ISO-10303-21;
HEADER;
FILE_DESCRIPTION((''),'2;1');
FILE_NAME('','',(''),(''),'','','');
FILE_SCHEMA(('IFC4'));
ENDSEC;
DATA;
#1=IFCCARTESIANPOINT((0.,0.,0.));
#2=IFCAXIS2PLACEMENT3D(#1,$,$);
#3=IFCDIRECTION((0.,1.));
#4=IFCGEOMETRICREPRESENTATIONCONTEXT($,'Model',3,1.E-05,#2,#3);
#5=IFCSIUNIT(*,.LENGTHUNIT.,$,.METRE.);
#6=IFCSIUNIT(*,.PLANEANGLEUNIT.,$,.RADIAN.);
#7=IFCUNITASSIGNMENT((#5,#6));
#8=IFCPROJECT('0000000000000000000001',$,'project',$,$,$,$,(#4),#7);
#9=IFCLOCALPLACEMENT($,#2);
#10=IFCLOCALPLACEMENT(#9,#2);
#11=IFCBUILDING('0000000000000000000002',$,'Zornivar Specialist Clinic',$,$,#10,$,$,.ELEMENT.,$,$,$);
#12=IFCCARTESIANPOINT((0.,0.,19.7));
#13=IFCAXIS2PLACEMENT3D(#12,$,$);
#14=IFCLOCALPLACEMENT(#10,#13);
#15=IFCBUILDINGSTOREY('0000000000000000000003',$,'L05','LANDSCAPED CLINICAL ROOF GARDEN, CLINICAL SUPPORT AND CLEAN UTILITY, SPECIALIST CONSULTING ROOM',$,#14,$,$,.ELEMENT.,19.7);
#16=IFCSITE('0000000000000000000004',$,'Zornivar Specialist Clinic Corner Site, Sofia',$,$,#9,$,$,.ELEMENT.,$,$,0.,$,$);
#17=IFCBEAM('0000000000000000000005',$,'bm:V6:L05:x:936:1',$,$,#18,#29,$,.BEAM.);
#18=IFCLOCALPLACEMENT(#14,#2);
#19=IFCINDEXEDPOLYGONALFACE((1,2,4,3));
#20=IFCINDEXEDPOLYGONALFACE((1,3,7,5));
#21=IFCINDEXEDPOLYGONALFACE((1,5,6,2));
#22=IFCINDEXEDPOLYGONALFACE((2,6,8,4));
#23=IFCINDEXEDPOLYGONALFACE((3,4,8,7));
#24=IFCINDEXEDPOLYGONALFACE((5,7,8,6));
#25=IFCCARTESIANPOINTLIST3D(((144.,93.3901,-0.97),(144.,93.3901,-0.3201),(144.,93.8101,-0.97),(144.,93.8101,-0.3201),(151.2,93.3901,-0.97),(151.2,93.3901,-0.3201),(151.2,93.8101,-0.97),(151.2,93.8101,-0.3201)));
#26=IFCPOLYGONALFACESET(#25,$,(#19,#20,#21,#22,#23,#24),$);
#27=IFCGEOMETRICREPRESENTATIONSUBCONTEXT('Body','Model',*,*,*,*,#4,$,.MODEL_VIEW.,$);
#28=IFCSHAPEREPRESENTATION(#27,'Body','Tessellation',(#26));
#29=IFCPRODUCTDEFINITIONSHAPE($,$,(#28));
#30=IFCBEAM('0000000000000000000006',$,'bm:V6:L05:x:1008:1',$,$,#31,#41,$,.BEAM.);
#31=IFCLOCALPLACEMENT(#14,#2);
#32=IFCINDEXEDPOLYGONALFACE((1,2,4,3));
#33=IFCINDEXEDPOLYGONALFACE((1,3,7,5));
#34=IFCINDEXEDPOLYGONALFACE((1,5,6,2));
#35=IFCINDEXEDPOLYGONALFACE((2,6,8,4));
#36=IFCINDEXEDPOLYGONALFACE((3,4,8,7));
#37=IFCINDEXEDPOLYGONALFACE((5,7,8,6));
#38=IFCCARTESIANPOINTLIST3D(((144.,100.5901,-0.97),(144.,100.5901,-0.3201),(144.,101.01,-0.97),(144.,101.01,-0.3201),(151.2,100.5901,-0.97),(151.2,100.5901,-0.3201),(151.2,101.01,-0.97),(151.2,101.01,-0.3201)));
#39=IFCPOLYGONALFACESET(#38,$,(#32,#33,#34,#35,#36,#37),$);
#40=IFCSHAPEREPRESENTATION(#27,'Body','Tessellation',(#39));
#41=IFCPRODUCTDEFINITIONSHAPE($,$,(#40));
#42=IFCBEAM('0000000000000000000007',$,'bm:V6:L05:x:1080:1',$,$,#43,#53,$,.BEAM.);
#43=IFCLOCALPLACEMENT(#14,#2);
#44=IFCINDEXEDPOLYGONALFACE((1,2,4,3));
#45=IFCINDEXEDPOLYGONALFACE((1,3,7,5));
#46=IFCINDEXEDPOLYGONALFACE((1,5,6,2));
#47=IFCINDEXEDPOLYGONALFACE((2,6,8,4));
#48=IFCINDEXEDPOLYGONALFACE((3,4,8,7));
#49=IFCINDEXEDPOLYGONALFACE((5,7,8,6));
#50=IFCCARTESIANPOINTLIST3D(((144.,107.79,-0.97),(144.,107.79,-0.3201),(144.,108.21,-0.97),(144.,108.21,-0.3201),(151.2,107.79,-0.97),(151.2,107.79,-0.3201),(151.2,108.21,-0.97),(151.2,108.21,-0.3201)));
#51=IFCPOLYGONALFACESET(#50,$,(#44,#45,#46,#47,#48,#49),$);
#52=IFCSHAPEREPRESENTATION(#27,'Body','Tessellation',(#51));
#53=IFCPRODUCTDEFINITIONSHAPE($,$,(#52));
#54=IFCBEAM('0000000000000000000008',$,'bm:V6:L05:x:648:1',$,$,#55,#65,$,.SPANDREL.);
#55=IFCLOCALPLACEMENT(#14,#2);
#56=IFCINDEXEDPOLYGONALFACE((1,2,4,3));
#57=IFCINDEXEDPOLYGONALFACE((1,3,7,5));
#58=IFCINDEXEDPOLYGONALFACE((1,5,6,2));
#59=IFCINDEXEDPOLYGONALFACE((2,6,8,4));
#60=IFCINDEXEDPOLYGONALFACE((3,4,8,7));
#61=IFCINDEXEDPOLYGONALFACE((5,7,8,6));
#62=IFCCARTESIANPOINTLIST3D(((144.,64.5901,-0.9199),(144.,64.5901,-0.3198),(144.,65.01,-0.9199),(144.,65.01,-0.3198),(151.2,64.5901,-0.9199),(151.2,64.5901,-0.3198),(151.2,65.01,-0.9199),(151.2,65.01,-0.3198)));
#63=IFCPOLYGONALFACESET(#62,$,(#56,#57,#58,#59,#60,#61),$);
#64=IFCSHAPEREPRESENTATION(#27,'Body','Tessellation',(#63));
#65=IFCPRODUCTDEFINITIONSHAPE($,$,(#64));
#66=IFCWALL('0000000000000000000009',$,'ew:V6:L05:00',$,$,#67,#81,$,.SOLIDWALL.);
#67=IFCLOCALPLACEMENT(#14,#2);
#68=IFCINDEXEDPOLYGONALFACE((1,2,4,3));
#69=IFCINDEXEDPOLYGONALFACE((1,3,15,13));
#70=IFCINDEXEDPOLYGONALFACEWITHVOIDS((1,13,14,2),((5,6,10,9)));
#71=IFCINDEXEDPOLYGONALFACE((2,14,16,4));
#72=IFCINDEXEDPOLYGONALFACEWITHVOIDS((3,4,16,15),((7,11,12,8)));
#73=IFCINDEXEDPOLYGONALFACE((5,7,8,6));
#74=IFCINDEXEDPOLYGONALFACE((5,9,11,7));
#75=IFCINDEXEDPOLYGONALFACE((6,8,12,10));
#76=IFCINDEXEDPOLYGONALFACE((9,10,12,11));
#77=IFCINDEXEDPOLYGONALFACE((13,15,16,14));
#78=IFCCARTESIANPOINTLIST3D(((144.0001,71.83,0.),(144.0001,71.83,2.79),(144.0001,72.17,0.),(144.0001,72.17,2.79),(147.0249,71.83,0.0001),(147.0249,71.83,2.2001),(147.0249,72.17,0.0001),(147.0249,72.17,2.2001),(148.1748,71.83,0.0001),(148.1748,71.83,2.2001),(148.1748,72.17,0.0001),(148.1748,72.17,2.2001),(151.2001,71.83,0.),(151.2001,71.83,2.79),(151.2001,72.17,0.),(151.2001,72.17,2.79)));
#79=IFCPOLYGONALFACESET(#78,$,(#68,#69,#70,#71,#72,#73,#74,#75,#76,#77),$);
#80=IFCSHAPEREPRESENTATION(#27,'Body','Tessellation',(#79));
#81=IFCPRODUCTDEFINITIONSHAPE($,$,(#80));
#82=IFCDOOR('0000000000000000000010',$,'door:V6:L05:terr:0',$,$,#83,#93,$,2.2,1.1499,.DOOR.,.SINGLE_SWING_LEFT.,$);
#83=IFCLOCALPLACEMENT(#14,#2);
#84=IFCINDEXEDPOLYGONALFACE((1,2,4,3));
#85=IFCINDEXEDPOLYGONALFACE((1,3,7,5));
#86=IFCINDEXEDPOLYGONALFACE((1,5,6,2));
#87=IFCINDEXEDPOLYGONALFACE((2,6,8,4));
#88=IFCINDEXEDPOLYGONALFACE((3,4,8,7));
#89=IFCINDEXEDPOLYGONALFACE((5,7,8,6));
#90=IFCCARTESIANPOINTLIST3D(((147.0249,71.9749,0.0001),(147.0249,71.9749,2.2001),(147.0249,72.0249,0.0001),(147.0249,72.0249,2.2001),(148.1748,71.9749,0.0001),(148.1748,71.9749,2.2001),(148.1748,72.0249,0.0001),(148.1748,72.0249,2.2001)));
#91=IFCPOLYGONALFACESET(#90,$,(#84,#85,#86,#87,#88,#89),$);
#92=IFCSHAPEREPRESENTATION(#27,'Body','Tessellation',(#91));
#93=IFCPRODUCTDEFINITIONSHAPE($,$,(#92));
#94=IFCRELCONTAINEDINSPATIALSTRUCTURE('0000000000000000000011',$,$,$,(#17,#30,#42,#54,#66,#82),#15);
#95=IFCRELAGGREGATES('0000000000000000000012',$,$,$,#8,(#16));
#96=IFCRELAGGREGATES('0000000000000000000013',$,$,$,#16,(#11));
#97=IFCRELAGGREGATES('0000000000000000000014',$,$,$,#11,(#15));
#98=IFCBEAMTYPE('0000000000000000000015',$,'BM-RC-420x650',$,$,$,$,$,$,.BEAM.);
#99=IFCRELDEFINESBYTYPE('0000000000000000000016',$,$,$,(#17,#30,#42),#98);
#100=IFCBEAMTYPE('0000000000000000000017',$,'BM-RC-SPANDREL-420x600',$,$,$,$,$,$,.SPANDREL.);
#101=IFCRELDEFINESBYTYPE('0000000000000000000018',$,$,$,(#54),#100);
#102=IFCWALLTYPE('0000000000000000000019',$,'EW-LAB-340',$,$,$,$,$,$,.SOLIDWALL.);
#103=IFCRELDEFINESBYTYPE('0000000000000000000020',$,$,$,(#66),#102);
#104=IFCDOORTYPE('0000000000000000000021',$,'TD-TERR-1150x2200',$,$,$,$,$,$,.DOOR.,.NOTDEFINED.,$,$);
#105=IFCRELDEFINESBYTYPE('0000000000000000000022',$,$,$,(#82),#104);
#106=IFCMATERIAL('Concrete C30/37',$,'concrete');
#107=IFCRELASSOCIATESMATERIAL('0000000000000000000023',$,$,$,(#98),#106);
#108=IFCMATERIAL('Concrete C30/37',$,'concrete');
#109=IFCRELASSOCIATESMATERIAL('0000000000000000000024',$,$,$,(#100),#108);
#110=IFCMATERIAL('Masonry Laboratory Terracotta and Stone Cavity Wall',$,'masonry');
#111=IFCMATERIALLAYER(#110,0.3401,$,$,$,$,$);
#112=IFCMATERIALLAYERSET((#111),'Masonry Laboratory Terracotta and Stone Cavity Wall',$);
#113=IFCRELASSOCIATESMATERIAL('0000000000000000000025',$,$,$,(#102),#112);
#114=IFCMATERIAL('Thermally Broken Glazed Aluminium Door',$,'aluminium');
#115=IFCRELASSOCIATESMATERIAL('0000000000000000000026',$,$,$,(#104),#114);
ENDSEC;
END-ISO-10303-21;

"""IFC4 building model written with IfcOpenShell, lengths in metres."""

from ifc_helpers import new_model, si_unit, direction, frame, frame_2d, origin, origin_2d, place, context, subcontext, project, spatial, rectangle, extrude, material, layer, layer_set, material_profile, profile_set, type_object, element, fill, save


model = new_model("IFC4")

# Units and contexts
model_context = context("Model", 3, precision=1e-05, world=origin(), true_north=direction((0.0, 1.0)))
body_context = subcontext(model_context, "Body", "Model", "MODEL_VIEW")
ifc_project = project(units=[si_unit("LENGTHUNIT", "METRE"), si_unit("PLANEANGLEUNIT", "RADIAN")], contexts=[model_context])

# Site, building, storey
site_placement = place(None, origin())
site = spatial("IfcSite", under=ifc_project, at=site_placement, Name="Zornivar Specialist Clinic Corner Site, Sofia", CompositionType="ELEMENT", RefElevation=0.0)
building_placement = place(site_placement, origin())
building = spatial("IfcBuilding", under=site, at=building_placement, Name="Zornivar Specialist Clinic", CompositionType="ELEMENT")
storey_placement = place(building_placement, frame((0.0, 0.0, 19.7)))
storey = spatial("IfcBuildingStorey", under=building, at=storey_placement, Name="L05", Description="LANDSCAPED CLINICAL ROOF GARDEN, CLINICAL SUPPORT AND CLEAN UTILITY, SPECIALIST CONSULTING ROOM", CompositionType="ELEMENT", Elevation=19.7)

# Beams
ifc_material_1 = material(Name="Concrete C30/37", Category="concrete")
ifc_material_profile_1 = material_profile(ifc_material_1, rectangle(XDim=0.4199, YDim=0.6499, at=origin_2d()), Name="RC 420x650")
ifc_profile_set_1 = profile_set([ifc_material_profile_1], Name="Concrete C30/37")
beam_type_1 = type_object("IfcBeamType", Name="BM-RC-420x650", PredefinedType="BEAM", material=ifc_profile_set_1)
for number, where, z_axis, x_axis, name in (
    (1, (144.0, 93.6001, -0.645), (1.0, 0.0, 0.0), (0.0, 1.0, 0.0), "bm:V6:L05:x:936:1"),
    (2, (144.0, 100.8, -0.645), (1.0, 0.0, 0.0), (0.0, 1.0, 0.0), "bm:V6:L05:x:1008:1"),
    (3, (144.0, 108.0, -0.645), (1.0, 0.0, 0.0), (0.0, 1.0, 0.0), "bm:V6:L05:x:1080:1"),
):
    element("IfcBeam", number, at=place(storey_placement, frame(where, z_axis=z_axis, x_axis=x_axis)), inside=storey, type_object=beam_type_1, Name=name, PredefinedType="BEAM", context=body_context, shape_type="SweptSolid", body=[
        extrude(rectangle(XDim=0.4199, YDim=0.6499, at=origin_2d()), origin(), (0.0, 0.0, 1.0), 7.2),
    ])
ifc_material_2 = material(Name="Concrete C30/37", Category="concrete")
ifc_material_profile_2 = material_profile(ifc_material_2, rectangle(XDim=0.4199, YDim=0.6001, at=origin_2d()), Name="RC 420x600")
ifc_profile_set_2 = profile_set([ifc_material_profile_2], Name="Concrete C30/37")
beam_type_2 = type_object("IfcBeamType", Name="BM-RC-SPANDREL-420x600", PredefinedType="SPANDREL", material=ifc_profile_set_2)
beam_1_placement = place(storey_placement, frame((144.0, 64.8, -0.6199), z_axis=(1.0, 0.0, 0.0), x_axis=(0.0, 1.0, 0.0)))
element("IfcBeam", 4, at=beam_1_placement, inside=storey, type_object=beam_type_2, Name="bm:V6:L05:x:648:1", PredefinedType="SPANDREL", context=body_context, shape_type="SweptSolid", body=[
    extrude(rectangle(XDim=0.4199, YDim=0.6001, at=origin_2d()), origin(), (0.0, 0.0, 1.0), 7.2),
])

# Wall, opening, door
ifc_material_3 = material(Name="Masonry Laboratory Terracotta and Stone Cavity Wall", Category="masonry")
ifc_layer = layer(ifc_material_3, 0.3401)
ifc_layer_set = layer_set([ifc_layer], Name="Masonry Laboratory Terracotta and Stone Cavity Wall")
wall_type = type_object("IfcWallType", Name="EW-LAB-340", PredefinedType="SOLIDWALL", material=ifc_layer_set)
wall_placement = place(storey_placement, frame((144.0, 72.0, 0.0), z_axis=(0.0, 0.0, 1.0), x_axis=(1.0, 0.0, 0.0)))
wall = element("IfcWall", 5, at=wall_placement, inside=storey, type_object=wall_type, Name="ew:V6:L05:00", PredefinedType="SOLIDWALL", context=body_context, shape_type="SweptSolid", body=[
    extrude(rectangle(XDim=7.2, YDim=0.3401, at=frame_2d((3.6001, 0.0))), origin(), (0.0, 0.0, 1.0), 2.79),
])
opening_placement = place(wall_placement, frame((3.0249, 0.0, 0.0)))
opening = element("IfcOpeningElement", 6, at=opening_placement, cuts=wall, PredefinedType="OPENING", context=body_context, shape_type="SweptSolid", body=[
    extrude(rectangle(XDim=1.1499, YDim=2.2, at=frame_2d((0.575, 1.1001))), frame((0.0, 0.1799, 0.0), z_axis=(0.0, -1.0, 0.0), x_axis=(1.0, 0.0, 0.0)), (0.0, 0.0, 1.0), 0.3601),
])
ifc_material_4 = material(Name="Thermally Broken Glazed Aluminium Door", Category="aluminium")
door_type = type_object("IfcDoorType", Name="TD-TERR-1150x2200", OperationType="NOTDEFINED", PredefinedType="DOOR", material=ifc_material_4)
door_placement = place(opening_placement, origin())
door = element("IfcDoor", 7, at=door_placement, inside=storey, type_object=door_type, Name="door:V6:L05:terr:0", OperationType="SINGLE_SWING_LEFT", OverallHeight=2.2, OverallWidth=1.1499, PredefinedType="DOOR", context=body_context, shape_type="SweptSolid", body=[
    extrude(rectangle(XDim=1.1499, YDim=2.2, at=frame_2d((0.575, 1.1001))), frame((0.0, 0.0249, 0.0), z_axis=(0.0, -1.0, 0.0), x_axis=(1.0, 0.0, 0.0)), (0.0, 0.0, 1.0), 0.05),
])
fill(opening, door)

save(model, "model.ifc")
